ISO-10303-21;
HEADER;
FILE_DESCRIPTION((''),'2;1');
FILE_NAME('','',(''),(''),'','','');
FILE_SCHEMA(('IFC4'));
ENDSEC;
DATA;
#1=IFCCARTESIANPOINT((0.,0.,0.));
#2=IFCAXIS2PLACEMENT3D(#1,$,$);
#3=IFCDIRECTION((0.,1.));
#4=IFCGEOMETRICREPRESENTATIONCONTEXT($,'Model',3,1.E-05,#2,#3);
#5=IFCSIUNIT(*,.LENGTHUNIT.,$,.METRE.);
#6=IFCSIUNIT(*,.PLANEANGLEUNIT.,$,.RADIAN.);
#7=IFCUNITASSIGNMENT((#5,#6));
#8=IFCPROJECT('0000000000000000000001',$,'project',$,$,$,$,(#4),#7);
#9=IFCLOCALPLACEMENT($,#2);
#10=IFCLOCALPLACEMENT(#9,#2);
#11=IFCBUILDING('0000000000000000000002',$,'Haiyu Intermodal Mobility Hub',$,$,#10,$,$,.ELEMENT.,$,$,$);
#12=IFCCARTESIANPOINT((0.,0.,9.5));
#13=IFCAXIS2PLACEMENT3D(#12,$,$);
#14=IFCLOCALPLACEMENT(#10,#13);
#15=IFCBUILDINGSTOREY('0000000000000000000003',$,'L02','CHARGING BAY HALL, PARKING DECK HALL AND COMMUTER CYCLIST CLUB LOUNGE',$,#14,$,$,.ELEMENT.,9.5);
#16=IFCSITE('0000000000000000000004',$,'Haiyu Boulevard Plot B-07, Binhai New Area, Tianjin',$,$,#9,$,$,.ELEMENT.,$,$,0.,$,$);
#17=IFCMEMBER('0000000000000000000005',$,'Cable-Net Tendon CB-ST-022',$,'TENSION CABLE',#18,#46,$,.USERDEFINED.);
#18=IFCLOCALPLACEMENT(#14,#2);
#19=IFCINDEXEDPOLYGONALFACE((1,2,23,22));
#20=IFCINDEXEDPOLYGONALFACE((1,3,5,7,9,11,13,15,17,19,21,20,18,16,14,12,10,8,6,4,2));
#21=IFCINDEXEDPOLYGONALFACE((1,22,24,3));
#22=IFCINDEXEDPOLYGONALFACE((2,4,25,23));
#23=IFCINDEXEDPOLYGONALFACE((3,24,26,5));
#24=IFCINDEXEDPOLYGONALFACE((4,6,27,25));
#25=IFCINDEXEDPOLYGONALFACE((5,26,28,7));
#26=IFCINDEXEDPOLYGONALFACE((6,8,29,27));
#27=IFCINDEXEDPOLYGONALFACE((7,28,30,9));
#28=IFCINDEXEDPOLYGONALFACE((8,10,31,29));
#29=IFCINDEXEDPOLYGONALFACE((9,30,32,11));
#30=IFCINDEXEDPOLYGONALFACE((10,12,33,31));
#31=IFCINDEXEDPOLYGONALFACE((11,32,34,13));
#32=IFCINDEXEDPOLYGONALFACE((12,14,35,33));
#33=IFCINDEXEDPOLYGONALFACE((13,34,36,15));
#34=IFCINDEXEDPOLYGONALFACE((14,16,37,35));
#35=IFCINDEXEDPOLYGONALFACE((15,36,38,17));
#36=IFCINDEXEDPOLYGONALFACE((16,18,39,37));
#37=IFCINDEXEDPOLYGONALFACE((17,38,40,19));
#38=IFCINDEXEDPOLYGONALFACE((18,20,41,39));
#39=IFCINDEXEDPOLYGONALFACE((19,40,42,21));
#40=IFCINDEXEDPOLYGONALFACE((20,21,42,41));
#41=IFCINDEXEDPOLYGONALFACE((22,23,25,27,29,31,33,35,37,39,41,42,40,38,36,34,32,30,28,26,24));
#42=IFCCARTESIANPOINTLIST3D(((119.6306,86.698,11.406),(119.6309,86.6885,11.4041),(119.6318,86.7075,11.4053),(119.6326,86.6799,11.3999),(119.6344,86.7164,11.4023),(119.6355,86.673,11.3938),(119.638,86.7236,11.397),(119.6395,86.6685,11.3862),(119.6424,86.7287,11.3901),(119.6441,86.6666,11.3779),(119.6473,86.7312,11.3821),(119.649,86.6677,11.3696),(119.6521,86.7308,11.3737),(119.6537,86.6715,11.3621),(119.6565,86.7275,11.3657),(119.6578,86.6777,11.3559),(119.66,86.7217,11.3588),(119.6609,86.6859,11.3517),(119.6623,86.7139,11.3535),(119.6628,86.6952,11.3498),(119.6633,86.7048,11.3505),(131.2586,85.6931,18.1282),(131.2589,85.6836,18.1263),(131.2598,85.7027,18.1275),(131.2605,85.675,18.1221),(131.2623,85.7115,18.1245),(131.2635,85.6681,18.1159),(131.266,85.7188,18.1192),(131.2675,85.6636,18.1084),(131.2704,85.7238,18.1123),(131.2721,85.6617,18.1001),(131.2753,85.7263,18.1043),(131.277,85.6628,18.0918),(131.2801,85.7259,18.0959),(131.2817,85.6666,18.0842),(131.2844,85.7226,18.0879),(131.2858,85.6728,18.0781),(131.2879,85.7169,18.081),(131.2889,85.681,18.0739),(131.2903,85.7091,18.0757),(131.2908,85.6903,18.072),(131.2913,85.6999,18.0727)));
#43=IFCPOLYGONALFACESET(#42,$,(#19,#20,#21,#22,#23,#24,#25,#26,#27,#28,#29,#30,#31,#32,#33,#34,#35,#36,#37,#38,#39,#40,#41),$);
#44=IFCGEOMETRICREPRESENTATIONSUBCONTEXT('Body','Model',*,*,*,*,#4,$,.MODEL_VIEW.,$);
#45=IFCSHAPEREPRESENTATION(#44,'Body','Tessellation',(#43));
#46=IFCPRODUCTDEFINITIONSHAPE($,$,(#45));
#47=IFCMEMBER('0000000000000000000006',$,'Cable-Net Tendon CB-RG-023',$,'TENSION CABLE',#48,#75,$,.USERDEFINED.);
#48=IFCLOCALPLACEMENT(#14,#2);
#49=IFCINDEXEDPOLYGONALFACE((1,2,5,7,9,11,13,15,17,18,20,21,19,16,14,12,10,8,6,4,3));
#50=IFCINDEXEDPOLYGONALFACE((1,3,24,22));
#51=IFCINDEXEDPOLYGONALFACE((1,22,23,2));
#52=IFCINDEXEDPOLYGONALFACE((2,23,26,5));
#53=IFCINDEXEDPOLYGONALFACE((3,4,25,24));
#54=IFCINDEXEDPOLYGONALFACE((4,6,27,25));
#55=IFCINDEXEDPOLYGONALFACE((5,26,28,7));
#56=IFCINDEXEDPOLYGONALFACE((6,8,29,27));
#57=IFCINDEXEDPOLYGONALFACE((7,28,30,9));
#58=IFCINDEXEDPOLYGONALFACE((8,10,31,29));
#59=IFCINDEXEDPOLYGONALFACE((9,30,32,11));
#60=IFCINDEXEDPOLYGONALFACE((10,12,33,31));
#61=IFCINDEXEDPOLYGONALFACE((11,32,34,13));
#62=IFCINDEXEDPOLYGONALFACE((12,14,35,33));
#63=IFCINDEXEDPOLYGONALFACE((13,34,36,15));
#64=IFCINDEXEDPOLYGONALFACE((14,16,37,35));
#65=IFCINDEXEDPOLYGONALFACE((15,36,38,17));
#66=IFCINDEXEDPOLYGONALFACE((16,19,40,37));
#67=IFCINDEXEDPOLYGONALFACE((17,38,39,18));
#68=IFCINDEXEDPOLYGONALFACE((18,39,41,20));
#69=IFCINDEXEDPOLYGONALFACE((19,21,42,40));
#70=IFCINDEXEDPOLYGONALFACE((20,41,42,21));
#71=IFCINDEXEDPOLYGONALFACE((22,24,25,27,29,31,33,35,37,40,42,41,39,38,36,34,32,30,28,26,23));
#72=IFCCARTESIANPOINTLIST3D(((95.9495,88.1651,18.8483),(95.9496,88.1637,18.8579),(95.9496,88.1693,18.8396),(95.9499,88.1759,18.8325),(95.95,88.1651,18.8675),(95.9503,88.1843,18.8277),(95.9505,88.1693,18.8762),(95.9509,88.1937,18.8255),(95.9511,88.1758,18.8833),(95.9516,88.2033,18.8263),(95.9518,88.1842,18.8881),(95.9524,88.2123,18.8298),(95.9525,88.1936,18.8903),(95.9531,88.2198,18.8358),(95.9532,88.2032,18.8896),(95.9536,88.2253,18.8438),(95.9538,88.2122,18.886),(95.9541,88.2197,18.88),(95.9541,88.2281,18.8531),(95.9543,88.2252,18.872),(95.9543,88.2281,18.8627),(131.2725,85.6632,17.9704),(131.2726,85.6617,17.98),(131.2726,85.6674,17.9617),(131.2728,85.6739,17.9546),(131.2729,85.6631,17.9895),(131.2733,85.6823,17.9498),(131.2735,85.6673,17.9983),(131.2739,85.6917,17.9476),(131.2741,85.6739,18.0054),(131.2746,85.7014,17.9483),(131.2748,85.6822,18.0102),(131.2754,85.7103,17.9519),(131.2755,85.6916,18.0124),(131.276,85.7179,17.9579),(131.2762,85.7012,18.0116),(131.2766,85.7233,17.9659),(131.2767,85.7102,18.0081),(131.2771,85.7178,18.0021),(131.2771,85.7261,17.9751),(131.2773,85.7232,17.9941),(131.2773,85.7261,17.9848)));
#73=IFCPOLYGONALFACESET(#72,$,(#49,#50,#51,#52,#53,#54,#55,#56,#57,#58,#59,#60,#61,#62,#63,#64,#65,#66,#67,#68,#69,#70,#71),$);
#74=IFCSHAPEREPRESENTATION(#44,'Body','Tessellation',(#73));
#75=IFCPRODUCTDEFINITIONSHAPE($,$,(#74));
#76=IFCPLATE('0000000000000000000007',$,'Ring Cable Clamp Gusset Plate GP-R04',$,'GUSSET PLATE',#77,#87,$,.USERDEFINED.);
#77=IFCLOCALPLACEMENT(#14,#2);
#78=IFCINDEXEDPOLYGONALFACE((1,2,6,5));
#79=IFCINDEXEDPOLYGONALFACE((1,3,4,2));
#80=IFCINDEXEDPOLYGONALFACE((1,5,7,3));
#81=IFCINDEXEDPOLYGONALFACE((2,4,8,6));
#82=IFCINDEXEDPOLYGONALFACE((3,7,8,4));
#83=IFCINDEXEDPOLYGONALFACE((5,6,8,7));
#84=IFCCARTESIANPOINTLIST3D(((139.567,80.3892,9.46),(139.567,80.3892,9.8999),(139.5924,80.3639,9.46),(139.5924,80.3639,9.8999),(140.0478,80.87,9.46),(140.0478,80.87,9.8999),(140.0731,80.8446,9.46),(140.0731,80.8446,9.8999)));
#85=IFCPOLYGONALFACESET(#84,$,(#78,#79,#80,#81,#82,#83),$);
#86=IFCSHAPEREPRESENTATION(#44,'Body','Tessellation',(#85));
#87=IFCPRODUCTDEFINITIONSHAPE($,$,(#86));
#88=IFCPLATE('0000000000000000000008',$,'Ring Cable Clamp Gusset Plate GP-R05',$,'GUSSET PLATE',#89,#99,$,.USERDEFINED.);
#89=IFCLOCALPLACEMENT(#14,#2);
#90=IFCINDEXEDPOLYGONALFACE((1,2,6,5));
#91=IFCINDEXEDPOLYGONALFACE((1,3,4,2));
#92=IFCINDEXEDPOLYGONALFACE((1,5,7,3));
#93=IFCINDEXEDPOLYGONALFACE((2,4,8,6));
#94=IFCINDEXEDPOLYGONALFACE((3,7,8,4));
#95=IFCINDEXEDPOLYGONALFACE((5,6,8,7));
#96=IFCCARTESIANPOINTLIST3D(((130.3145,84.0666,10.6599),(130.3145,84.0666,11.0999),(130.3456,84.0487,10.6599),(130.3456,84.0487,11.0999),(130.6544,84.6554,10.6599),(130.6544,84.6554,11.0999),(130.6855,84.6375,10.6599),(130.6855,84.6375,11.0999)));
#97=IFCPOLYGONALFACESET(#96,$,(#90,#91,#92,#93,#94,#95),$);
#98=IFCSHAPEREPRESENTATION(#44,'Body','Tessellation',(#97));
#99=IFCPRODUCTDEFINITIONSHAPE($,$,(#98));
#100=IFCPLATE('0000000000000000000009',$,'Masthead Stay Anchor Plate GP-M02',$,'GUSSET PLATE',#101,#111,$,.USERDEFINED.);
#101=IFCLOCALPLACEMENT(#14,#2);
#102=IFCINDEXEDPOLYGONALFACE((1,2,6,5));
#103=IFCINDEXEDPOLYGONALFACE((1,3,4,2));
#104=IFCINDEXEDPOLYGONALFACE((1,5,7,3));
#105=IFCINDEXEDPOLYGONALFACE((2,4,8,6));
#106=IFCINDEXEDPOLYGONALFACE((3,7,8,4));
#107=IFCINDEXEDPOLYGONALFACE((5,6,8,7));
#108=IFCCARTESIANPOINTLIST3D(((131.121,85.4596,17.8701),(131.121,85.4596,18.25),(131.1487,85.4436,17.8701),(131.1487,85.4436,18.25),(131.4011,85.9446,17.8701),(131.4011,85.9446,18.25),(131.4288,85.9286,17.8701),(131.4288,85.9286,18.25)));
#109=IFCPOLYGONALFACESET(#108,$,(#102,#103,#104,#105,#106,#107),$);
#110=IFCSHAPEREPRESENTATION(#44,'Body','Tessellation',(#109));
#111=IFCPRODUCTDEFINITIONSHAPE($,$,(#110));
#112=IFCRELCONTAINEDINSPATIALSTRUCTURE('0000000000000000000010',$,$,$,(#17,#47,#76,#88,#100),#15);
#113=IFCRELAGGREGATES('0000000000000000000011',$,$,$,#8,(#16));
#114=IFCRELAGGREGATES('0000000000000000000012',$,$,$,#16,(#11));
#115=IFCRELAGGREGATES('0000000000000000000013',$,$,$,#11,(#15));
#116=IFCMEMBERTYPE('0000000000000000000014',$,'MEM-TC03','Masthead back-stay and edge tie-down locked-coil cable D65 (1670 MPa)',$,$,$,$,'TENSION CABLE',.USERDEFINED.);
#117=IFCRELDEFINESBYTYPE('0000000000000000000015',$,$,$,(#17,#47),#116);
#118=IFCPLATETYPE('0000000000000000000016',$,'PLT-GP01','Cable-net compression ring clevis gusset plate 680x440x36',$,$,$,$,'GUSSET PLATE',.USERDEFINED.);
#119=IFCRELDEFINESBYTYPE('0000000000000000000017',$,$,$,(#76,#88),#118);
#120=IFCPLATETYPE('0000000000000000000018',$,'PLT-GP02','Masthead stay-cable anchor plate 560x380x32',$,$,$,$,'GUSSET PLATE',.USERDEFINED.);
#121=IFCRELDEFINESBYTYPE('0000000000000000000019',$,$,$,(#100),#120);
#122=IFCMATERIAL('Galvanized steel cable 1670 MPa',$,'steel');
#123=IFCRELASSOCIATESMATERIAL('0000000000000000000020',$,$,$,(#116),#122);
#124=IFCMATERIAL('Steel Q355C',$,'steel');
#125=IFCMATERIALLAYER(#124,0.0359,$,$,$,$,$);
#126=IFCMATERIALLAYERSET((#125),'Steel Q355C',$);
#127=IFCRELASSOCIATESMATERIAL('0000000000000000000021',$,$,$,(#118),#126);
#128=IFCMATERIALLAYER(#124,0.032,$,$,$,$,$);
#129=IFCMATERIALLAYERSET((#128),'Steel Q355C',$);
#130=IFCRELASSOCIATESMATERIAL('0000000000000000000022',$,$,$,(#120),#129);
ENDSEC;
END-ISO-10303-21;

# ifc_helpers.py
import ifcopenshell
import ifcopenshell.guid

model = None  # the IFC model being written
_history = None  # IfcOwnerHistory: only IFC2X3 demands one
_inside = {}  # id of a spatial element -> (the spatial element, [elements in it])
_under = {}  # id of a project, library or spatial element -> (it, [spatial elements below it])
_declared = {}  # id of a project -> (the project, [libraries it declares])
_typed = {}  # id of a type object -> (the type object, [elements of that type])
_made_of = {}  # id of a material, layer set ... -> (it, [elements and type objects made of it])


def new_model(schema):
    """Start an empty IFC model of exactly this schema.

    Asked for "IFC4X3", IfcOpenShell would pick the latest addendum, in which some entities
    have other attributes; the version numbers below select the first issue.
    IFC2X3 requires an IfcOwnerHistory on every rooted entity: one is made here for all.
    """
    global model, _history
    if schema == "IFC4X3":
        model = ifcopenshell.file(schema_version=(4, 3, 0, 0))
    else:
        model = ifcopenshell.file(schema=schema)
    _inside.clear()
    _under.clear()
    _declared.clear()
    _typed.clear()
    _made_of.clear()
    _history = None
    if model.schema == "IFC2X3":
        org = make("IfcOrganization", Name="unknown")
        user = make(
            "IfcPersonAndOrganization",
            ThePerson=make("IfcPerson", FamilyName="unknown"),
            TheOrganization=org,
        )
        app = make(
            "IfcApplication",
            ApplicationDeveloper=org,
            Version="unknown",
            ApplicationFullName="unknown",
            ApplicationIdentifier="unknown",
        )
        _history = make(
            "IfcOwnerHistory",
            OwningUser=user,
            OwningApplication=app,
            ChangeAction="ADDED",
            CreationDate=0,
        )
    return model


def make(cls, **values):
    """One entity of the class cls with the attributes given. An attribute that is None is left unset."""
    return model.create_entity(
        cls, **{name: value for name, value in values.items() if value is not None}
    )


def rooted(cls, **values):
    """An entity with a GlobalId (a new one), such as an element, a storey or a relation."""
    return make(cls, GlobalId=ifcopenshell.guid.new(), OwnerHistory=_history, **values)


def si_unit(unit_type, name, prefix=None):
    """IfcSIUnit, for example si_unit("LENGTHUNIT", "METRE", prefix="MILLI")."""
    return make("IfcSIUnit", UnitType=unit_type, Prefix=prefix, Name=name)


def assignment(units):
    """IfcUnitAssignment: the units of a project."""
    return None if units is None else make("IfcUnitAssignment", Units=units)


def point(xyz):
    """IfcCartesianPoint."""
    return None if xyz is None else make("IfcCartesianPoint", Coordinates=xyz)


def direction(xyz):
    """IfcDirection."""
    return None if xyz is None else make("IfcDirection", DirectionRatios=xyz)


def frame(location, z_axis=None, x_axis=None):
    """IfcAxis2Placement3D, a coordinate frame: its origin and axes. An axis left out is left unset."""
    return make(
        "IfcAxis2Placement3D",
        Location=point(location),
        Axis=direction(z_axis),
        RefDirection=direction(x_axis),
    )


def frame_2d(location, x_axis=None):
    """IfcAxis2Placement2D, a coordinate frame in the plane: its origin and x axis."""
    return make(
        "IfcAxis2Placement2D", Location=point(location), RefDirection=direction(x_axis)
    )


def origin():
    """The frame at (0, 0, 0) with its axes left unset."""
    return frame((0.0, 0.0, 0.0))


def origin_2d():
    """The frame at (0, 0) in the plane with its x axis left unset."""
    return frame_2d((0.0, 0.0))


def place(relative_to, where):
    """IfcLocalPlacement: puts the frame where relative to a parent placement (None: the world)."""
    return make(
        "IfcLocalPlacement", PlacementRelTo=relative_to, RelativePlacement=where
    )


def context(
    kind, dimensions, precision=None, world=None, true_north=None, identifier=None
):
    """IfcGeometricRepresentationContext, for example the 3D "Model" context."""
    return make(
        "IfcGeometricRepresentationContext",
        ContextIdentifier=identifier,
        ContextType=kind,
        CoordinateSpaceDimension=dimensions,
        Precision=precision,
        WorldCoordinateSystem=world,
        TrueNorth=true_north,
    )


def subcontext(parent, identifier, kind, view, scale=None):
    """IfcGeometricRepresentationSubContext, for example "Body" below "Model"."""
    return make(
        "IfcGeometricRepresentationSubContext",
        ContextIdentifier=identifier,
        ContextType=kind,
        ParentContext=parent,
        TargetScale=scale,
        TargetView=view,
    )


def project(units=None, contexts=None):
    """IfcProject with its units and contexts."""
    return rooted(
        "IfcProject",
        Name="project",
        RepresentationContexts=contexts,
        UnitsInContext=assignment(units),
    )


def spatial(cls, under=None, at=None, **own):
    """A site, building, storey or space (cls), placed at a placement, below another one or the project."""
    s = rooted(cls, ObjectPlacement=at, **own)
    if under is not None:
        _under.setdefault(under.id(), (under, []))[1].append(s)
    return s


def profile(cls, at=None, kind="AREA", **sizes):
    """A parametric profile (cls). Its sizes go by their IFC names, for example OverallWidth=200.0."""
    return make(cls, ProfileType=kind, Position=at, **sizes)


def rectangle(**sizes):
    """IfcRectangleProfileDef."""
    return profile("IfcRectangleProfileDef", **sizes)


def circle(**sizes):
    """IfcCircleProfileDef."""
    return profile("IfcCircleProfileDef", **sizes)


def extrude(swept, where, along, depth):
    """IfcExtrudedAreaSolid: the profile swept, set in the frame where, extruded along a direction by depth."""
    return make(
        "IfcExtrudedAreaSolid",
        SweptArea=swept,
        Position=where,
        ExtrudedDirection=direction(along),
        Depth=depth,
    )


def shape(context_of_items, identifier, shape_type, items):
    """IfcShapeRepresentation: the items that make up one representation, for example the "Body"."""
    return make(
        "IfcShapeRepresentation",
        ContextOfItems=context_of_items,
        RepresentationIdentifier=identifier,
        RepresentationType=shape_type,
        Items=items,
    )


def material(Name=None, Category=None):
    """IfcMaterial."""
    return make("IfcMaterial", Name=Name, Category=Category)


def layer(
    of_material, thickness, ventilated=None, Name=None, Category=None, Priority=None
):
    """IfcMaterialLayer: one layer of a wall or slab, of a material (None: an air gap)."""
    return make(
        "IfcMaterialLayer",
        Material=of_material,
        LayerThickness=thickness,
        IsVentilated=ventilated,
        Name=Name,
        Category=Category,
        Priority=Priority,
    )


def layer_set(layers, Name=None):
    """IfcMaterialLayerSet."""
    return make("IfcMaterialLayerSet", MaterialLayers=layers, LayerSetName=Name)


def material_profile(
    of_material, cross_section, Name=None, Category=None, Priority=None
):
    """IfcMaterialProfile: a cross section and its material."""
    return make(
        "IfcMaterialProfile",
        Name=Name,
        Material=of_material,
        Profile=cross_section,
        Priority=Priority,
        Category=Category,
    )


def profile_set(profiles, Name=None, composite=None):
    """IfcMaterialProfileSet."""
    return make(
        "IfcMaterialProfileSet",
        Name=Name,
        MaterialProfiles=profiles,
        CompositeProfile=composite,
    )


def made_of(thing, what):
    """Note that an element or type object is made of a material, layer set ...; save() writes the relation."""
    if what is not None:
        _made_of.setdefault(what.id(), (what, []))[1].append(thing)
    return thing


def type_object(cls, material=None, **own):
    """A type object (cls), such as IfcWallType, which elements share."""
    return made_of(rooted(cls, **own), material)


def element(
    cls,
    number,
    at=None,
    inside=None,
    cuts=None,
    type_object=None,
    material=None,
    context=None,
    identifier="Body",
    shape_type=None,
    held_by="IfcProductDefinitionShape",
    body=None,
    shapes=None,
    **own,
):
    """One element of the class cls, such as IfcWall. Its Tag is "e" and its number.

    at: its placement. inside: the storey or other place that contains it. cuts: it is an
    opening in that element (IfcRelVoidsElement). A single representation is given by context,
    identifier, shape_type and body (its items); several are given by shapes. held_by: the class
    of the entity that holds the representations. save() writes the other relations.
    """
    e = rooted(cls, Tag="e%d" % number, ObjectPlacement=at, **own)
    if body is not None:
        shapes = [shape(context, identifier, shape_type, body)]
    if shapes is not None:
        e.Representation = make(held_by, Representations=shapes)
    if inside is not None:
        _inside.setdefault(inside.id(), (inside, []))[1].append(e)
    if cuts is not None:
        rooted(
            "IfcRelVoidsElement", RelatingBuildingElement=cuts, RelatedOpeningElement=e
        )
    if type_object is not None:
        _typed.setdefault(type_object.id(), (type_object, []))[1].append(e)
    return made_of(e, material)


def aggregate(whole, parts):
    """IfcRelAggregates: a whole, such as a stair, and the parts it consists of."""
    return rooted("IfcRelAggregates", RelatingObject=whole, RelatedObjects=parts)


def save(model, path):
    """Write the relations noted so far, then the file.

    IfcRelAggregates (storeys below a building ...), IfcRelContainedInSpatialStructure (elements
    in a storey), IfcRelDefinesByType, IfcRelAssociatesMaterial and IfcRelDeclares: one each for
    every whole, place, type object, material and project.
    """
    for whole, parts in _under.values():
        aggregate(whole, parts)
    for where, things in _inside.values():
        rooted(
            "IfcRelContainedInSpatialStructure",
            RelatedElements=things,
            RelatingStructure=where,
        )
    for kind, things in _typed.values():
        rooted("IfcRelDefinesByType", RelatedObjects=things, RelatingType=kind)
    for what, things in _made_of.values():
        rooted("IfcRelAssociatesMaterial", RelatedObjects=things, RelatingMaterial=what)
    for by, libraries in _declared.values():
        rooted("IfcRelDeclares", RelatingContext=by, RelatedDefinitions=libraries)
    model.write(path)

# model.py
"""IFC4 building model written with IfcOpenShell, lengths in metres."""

from ifc_helpers import new_model, si_unit, direction, frame, origin, origin_2d, place, context, subcontext, project, spatial, rectangle, circle, extrude, material, layer, layer_set, material_profile, profile_set, type_object, element, save


model = new_model("IFC4")

# Units and contexts
model_context = context("Model", 3, precision=1e-05, world=origin(), true_north=direction((0.0, 1.0)))
body_context = subcontext(model_context, "Body", "Model", "MODEL_VIEW")
ifc_project = project(units=[si_unit("LENGTHUNIT", "METRE"), si_unit("PLANEANGLEUNIT", "RADIAN")], contexts=[model_context])

# Site, building, storey
site_placement = place(None, origin())
site = spatial("IfcSite", under=ifc_project, at=site_placement, Name="Haiyu Boulevard Plot B-07, Binhai New Area, Tianjin", CompositionType="ELEMENT", RefElevation=0.0)
building_placement = place(site_placement, origin())
building = spatial("IfcBuilding", under=site, at=building_placement, Name="Haiyu Intermodal Mobility Hub", CompositionType="ELEMENT")
storey_placement = place(building_placement, frame((0.0, 0.0, 9.5)))
storey = spatial("IfcBuildingStorey", under=building, at=storey_placement, Name="L02", Description="CHARGING BAY HALL, PARKING DECK HALL AND COMMUTER CYCLIST CLUB LOUNGE", CompositionType="ELEMENT", Elevation=9.5)

# Shared definitions
ifc_material_1 = material(Name="Steel Q355C", Category="steel")

# Members
ifc_material_2 = material(Name="Galvanized steel cable 1670 MPa", Category="steel")
ifc_material_profile_1 = material_profile(ifc_material_2, circle(Radius=0.0325, at=origin_2d()), Name="CABLE65")
ifc_profile_set_1 = profile_set([ifc_material_profile_1], Name="Galvanized steel cable 1670 MPa")
member_type_1 = type_object("IfcMemberType", Name="MEM-TC03", Description="Masthead back-stay and edge tie-down locked-coil cable D65 (1670 MPa)", ElementType="TENSION CABLE", PredefinedType="USERDEFINED", material=ifc_profile_set_1)
member_1_placement = place(storey_placement, frame((131.2749, 85.6941, 18.1001), z_axis=(-0.863329, 0.074609, -0.499095), x_axis=(-0.086099, -0.996287, 0.0)))
element("IfcMember", 1, at=member_1_placement, inside=storey, type_object=member_type_1, Name="Cable-Net Tendon CB-ST-022", ObjectType="TENSION CABLE", PredefinedType="USERDEFINED", context=body_context, shape_type="SweptSolid", body=[
    extrude(circle(Radius=0.0325, at=origin_2d()), origin(), (0.0, 0.0, 1.0), 13.4688),
])
member_2_placement = place(storey_placement, frame((131.2749, 85.6941, 17.98), z_axis=(-0.997194, 0.070632, 0.024785), x_axis=(-0.070654, -0.997501, 0.0)))
element("IfcMember", 2, at=member_2_placement, inside=storey, type_object=member_type_1, Name="Cable-Net Tendon CB-RG-023", ObjectType="TENSION CABLE", PredefinedType="USERDEFINED", context=body_context, shape_type="SweptSolid", body=[
    extrude(circle(Radius=0.0325, at=origin_2d()), origin(), (0.0, 0.0, 1.0), 35.4224),
])

# Plates
ifc_layer_1 = layer(ifc_material_1, 0.0359)
ifc_layer_set_1 = layer_set([ifc_layer_1], Name="Steel Q355C")
plate_type_1 = type_object("IfcPlateType", Name="PLT-GP01", Description="Cable-net compression ring clevis gusset plate 680x440x36", ElementType="GUSSET PLATE", PredefinedType="USERDEFINED", material=ifc_layer_set_1)
for number, where, z_axis, x_axis, name in (
    (3, (139.8201, 80.6169, 9.46), (0.0, 0.0, 1.0), (0.707107, 0.707107, 0.0), "Ring Cable Clamp Gusset Plate GP-R04"),
    (4, (130.5, 84.3521, 10.6599), (0.0, 0.0, 1.0), (0.5, 0.866025, 0.0), "Ring Cable Clamp Gusset Plate GP-R05"),
):
    element("IfcPlate", number, at=place(storey_placement, frame(where, z_axis=z_axis, x_axis=x_axis)), inside=storey, type_object=plate_type_1, Name=name, ObjectType="GUSSET PLATE", PredefinedType="USERDEFINED", context=body_context, shape_type="SweptSolid", body=[
        extrude(rectangle(XDim=0.6799, YDim=0.0359, at=origin_2d()), origin(), (0.0, 0.0, 1.0), 0.4399),
    ])
ifc_layer_2 = layer(ifc_material_1, 0.032)
ifc_layer_set_2 = layer_set([ifc_layer_2], Name="Steel Q355C")
plate_type_2 = type_object("IfcPlateType", Name="PLT-GP02", Description="Masthead stay-cable anchor plate 560x380x32", ElementType="GUSSET PLATE", PredefinedType="USERDEFINED", material=ifc_layer_set_2)
plate_placement = place(storey_placement, frame((131.2749, 85.6941, 17.8701), z_axis=(0.0, 0.0, 1.0), x_axis=(0.5, 0.866025, 0.0)))
element("IfcPlate", 5, at=plate_placement, inside=storey, type_object=plate_type_2, Name="Masthead Stay Anchor Plate GP-M02", ObjectType="GUSSET PLATE", PredefinedType="USERDEFINED", context=body_context, shape_type="SweptSolid", body=[
    extrude(rectangle(XDim=0.5601, YDim=0.032, at=origin_2d()), origin(), (0.0, 0.0, 1.0), 0.3799),
])

save(model, "model.ifc")
